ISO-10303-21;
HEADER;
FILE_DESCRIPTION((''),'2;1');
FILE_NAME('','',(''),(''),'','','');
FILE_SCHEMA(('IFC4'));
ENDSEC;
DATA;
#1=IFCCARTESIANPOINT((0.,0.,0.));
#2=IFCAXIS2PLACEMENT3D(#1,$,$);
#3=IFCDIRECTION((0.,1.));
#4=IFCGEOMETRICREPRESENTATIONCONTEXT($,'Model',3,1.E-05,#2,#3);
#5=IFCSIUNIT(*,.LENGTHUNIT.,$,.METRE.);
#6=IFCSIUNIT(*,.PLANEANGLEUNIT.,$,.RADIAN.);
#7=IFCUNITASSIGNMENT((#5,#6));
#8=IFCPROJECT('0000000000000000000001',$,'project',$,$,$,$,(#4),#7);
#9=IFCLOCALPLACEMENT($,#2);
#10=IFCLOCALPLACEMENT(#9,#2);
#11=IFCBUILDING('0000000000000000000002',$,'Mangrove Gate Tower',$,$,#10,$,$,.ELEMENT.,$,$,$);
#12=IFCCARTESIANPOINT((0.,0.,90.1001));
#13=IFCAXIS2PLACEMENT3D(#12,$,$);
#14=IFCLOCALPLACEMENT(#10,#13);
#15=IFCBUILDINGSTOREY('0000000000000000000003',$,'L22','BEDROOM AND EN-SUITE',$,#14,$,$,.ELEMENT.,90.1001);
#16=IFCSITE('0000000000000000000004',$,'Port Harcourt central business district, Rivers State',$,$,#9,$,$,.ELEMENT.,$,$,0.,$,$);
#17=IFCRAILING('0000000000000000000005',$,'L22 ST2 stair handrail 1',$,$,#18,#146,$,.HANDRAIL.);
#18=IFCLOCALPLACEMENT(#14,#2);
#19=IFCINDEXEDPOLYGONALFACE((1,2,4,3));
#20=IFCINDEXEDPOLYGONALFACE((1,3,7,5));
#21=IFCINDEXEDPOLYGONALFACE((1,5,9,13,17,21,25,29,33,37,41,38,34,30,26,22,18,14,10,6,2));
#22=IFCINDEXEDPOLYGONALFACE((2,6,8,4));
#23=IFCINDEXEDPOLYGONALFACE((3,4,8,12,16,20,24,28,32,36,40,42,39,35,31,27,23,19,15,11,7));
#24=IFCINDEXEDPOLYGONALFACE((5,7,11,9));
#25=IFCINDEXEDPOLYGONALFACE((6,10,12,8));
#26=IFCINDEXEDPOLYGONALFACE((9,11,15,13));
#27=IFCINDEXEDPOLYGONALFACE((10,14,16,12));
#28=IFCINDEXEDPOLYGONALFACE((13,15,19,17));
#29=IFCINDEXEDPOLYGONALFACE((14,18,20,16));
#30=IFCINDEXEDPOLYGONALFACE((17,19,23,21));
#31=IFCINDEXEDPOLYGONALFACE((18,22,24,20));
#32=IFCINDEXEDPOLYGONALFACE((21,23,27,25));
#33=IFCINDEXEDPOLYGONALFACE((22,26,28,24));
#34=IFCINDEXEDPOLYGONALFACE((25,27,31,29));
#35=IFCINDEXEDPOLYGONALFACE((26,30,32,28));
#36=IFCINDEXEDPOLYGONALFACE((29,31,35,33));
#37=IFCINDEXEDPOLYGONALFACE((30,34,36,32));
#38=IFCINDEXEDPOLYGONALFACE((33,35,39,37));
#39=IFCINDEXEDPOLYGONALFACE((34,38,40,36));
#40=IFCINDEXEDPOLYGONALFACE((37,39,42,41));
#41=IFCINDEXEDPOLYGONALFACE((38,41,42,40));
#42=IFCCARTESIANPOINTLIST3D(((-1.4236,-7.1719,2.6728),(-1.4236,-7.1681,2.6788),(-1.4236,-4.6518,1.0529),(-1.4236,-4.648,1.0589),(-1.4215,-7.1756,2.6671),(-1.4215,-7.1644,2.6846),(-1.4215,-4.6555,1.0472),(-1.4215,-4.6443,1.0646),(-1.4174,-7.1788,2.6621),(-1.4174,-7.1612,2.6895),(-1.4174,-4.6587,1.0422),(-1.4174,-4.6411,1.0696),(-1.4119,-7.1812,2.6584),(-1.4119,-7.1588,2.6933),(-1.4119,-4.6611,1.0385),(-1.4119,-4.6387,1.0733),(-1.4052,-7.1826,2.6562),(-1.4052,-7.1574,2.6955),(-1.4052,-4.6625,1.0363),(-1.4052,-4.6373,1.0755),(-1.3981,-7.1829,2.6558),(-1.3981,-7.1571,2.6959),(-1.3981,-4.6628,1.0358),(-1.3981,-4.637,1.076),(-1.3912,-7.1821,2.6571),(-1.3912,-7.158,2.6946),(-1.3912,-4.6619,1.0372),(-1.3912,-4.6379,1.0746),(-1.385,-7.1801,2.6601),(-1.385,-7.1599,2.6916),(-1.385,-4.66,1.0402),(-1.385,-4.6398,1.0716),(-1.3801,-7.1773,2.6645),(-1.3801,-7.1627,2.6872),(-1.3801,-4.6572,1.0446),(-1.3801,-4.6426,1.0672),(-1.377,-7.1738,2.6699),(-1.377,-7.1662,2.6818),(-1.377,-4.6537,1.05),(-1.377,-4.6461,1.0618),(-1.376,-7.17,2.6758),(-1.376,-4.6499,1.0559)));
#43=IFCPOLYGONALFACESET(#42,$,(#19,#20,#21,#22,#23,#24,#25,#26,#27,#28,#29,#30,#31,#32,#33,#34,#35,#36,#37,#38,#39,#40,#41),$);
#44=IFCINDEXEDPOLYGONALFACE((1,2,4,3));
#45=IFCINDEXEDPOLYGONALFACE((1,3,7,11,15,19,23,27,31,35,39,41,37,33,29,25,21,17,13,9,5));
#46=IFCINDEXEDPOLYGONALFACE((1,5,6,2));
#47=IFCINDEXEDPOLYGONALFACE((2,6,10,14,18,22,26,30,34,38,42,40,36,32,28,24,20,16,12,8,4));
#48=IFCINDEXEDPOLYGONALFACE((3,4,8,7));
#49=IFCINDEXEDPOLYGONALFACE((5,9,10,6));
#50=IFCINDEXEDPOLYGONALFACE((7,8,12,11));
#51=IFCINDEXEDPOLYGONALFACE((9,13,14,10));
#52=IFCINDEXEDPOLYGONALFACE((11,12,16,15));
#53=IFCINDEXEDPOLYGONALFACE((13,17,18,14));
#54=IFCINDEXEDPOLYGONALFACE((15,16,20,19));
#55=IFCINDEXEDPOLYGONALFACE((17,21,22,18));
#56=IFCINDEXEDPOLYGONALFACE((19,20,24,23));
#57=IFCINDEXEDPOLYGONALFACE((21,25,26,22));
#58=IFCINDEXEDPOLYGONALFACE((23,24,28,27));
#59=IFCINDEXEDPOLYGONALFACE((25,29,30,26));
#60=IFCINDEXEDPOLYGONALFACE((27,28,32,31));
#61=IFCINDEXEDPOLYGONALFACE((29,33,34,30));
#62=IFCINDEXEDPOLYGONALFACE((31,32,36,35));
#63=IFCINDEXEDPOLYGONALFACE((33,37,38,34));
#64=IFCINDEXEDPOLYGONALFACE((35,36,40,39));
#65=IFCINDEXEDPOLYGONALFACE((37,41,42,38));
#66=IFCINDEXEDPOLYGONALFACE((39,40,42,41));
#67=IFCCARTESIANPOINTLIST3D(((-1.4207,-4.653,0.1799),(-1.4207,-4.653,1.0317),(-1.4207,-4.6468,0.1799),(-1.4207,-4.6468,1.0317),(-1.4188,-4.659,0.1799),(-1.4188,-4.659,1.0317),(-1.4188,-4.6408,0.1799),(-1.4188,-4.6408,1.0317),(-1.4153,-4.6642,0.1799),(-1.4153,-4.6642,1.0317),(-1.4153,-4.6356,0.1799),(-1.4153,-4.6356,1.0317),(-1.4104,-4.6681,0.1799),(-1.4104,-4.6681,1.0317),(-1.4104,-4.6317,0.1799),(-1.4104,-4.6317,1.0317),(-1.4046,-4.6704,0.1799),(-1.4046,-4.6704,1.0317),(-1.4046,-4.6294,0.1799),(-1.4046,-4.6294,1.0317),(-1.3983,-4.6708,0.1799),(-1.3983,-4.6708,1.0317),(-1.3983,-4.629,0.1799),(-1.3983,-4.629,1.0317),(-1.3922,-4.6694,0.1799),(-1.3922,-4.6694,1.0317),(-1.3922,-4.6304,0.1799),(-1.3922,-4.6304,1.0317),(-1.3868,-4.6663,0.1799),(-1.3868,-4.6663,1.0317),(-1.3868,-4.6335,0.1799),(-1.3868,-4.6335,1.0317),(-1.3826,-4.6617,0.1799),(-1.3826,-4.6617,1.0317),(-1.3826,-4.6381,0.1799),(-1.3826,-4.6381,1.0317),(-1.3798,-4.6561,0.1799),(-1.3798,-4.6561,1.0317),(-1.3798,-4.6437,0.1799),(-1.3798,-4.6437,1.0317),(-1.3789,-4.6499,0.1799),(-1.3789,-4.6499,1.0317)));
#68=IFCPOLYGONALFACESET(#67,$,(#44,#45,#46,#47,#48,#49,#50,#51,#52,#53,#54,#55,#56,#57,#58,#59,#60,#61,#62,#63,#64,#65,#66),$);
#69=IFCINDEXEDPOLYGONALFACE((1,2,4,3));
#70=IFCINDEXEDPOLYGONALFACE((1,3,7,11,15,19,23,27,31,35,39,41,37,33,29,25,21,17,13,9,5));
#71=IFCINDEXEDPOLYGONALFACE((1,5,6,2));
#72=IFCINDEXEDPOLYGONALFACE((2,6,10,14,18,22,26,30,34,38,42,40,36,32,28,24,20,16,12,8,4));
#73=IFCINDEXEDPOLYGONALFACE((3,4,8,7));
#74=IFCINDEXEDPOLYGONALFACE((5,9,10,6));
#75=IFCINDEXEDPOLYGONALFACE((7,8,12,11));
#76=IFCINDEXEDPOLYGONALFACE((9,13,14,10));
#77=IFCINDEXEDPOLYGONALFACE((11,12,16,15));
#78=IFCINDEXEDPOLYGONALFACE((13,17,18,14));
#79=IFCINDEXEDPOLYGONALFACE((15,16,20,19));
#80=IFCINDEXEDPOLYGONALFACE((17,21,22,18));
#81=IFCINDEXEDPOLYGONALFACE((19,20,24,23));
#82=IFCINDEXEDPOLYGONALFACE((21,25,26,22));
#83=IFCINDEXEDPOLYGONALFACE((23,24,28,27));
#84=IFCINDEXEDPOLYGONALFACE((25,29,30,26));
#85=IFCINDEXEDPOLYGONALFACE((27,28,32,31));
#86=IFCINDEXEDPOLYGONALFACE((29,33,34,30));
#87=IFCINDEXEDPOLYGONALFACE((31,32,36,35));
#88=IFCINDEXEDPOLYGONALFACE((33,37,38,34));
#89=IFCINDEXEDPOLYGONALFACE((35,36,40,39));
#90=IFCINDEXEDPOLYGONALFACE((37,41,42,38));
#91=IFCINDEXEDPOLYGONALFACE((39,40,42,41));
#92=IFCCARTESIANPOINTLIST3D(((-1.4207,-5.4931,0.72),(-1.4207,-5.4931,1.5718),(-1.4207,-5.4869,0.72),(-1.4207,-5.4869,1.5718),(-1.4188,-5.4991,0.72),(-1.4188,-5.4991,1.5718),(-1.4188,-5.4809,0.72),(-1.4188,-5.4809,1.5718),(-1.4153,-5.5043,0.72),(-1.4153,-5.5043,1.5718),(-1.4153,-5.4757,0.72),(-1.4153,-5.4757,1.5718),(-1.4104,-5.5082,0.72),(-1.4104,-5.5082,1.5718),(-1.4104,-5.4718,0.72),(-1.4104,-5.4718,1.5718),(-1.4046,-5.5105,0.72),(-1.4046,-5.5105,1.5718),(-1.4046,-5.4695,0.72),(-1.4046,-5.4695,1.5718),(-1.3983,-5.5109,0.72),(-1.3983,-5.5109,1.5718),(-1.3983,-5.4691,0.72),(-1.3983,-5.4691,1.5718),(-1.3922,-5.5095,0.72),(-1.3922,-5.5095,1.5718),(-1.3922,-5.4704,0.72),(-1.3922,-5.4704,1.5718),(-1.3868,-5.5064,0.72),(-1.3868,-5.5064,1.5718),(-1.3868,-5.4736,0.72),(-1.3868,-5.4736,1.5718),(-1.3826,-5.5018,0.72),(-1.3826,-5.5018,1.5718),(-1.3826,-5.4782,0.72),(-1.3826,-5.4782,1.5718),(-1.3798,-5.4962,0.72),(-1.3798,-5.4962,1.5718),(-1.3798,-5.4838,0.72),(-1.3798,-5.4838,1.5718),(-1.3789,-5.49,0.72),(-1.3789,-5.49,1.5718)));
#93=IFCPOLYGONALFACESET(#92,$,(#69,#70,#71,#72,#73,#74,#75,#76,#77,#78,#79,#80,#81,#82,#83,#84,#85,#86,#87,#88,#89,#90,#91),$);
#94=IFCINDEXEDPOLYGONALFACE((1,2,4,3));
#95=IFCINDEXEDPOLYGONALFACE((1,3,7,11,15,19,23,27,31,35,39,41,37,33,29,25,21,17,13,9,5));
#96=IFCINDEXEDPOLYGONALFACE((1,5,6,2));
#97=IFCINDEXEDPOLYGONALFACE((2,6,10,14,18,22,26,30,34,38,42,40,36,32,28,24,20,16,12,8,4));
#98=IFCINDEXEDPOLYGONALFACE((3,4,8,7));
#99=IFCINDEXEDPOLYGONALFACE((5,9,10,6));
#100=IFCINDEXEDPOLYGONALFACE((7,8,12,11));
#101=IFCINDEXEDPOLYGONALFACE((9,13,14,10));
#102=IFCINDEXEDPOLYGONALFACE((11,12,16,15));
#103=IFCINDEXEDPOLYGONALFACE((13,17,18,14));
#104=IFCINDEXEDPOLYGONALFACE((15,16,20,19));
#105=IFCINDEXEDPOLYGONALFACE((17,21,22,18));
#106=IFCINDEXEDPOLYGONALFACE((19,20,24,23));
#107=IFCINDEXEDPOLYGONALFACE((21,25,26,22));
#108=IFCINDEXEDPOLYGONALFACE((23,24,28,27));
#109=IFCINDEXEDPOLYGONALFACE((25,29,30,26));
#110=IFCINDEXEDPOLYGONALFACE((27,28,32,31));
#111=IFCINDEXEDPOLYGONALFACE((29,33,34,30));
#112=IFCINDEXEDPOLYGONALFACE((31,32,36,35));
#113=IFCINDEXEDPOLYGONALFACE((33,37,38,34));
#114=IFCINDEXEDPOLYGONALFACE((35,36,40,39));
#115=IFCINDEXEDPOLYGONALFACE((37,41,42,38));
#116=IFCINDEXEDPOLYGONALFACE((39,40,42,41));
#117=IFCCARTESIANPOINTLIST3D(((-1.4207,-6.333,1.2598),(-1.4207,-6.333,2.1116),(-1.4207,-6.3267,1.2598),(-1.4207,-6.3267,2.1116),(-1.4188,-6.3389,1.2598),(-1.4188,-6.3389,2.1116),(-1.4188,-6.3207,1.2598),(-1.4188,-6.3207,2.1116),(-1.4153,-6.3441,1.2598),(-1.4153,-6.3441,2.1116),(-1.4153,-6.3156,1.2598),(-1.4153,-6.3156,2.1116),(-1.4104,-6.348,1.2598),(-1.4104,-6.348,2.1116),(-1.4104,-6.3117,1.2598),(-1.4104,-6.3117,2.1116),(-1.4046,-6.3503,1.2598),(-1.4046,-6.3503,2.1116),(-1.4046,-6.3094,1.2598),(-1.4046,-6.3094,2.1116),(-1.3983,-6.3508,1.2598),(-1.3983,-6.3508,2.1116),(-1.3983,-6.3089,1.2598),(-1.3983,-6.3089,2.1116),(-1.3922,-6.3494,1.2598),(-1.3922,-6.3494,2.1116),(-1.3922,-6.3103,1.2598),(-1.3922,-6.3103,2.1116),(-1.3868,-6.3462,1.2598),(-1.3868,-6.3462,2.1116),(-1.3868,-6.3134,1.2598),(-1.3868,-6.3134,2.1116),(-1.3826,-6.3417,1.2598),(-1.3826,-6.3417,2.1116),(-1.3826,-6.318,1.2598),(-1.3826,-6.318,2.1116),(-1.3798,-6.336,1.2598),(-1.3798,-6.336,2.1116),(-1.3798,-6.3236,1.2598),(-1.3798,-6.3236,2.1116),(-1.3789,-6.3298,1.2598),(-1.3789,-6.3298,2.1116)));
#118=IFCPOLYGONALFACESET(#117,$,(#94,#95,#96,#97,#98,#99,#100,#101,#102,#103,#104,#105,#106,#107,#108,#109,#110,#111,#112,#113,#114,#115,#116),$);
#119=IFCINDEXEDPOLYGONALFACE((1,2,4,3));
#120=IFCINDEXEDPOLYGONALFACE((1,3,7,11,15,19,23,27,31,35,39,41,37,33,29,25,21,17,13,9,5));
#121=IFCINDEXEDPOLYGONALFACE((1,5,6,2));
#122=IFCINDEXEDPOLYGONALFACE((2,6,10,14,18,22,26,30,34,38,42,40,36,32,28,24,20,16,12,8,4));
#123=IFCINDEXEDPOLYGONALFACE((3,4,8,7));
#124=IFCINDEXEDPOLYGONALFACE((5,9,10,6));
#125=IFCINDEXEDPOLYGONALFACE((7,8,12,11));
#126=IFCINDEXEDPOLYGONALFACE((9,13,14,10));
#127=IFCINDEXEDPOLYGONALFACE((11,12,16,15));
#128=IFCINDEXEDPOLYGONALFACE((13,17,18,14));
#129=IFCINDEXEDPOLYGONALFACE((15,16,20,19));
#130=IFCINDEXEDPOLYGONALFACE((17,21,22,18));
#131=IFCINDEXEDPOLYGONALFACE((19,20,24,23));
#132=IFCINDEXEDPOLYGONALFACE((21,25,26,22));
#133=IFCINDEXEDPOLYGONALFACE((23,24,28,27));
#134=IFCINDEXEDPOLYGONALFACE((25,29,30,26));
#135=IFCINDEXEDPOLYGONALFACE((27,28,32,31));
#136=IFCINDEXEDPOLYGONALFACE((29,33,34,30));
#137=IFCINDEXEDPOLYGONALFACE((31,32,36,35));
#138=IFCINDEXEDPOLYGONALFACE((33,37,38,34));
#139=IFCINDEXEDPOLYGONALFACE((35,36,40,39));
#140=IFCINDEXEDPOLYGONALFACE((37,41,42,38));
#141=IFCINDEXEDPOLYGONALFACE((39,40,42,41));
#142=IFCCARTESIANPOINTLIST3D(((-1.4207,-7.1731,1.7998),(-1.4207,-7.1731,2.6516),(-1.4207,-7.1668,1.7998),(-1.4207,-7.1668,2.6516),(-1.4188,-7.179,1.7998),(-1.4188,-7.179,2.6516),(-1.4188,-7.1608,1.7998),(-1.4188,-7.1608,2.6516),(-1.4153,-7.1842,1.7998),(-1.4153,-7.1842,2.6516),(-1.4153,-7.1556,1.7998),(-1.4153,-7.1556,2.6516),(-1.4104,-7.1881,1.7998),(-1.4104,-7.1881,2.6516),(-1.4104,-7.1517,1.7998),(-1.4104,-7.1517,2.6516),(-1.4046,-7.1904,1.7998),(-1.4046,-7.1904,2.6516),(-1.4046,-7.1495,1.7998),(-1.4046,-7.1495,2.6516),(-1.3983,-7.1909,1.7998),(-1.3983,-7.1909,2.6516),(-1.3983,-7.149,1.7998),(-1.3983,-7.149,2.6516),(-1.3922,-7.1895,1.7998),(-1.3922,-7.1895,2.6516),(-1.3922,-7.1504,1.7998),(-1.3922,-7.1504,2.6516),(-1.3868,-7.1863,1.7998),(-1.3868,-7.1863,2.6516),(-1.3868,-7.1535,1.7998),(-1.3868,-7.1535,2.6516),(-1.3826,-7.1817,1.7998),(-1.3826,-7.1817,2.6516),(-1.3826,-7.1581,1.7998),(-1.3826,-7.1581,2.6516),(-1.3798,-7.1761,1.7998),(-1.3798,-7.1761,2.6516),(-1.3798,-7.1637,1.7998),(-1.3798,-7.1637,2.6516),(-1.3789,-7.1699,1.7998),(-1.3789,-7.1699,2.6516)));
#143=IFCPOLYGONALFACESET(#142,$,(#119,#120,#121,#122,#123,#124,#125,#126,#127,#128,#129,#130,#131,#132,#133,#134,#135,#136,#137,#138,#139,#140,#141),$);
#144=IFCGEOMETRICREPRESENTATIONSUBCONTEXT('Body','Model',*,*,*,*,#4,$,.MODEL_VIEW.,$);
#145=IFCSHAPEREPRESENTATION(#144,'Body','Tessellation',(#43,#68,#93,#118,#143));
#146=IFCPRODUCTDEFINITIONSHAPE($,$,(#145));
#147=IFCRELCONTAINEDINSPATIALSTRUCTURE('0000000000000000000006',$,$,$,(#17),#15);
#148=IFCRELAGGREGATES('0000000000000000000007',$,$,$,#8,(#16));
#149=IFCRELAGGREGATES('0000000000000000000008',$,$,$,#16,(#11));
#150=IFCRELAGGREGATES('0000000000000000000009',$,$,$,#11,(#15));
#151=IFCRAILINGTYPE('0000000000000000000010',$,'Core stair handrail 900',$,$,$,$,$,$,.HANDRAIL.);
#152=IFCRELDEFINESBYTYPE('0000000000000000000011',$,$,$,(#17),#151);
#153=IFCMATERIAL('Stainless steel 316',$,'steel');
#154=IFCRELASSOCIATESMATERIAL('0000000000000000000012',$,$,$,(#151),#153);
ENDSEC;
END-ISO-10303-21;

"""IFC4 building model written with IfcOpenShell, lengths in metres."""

from ifc_helpers import new_model, si_unit, direction, frame, origin, origin_2d, place, context, subcontext, project, spatial, circle, extrude, material, type_object, element, save


model = new_model("IFC4")

# Units and contexts
model_context = context("Model", 3, precision=1e-05, world=origin(), true_north=direction((0.0, 1.0)))
body_context = subcontext(model_context, "Body", "Model", "MODEL_VIEW")
ifc_project = project(units=[si_unit("LENGTHUNIT", "METRE"), si_unit("PLANEANGLEUNIT", "RADIAN")], contexts=[model_context])

# Site, building, storey
site_placement = place(None, origin())
site = spatial("IfcSite", under=ifc_project, at=site_placement, Name="Port Harcourt central business district, Rivers State", CompositionType="ELEMENT", RefElevation=0.0)
building_placement = place(site_placement, origin())
building = spatial("IfcBuilding", under=site, at=building_placement, Name="Mangrove Gate Tower", CompositionType="ELEMENT")
storey_placement = place(building_placement, frame((0.0, 0.0, 90.1001)))
storey = spatial("IfcBuildingStorey", under=building, at=storey_placement, Name="L22", Description="BEDROOM AND EN-SUITE", CompositionType="ELEMENT", Elevation=90.1001)

# Railing
ifc_material_1 = material(Name="Stainless steel 316", Category="steel")
railing_type_1 = type_object("IfcRailingType", Name="Core stair handrail 900", PredefinedType="HANDRAIL", material=ifc_material_1)
railing_1_placement = place(storey_placement, frame((-1.3999, -4.6499, 0.1799)))
element("IfcRailing", 1, at=railing_1_placement, inside=storey, type_object=railing_type_1, Name="L22 ST2 stair handrail 1", PredefinedType="HANDRAIL", context=body_context, shape_type="SweptSolid", body=[
    extrude(circle(Radius=0.0239, at=origin_2d()), frame((0.0, 0.0, 0.876), z_axis=(0.0, -0.8412, 0.540725), x_axis=(1.0, 0.0, 0.0)), (0.0, 0.0, 1.0), 2.9958),
    extrude(circle(Radius=0.021, at=origin_2d()), origin(), (0.0, 0.0, 1.0), 0.8518),
    extrude(circle(Radius=0.021, at=origin_2d()), frame((0.0, -0.8401, 0.54)), (0.0, 0.0, 1.0), 0.8518),
    extrude(circle(Radius=0.021, at=origin_2d()), frame((0.0, -1.6799, 1.0798)), (0.0, 0.0, 1.0), 0.8518),
    extrude(circle(Radius=0.021, at=origin_2d()), frame((0.0, -2.52, 1.6199)), (0.0, 0.0, 1.0), 0.8518),
])

save(model, "model.ifc")
